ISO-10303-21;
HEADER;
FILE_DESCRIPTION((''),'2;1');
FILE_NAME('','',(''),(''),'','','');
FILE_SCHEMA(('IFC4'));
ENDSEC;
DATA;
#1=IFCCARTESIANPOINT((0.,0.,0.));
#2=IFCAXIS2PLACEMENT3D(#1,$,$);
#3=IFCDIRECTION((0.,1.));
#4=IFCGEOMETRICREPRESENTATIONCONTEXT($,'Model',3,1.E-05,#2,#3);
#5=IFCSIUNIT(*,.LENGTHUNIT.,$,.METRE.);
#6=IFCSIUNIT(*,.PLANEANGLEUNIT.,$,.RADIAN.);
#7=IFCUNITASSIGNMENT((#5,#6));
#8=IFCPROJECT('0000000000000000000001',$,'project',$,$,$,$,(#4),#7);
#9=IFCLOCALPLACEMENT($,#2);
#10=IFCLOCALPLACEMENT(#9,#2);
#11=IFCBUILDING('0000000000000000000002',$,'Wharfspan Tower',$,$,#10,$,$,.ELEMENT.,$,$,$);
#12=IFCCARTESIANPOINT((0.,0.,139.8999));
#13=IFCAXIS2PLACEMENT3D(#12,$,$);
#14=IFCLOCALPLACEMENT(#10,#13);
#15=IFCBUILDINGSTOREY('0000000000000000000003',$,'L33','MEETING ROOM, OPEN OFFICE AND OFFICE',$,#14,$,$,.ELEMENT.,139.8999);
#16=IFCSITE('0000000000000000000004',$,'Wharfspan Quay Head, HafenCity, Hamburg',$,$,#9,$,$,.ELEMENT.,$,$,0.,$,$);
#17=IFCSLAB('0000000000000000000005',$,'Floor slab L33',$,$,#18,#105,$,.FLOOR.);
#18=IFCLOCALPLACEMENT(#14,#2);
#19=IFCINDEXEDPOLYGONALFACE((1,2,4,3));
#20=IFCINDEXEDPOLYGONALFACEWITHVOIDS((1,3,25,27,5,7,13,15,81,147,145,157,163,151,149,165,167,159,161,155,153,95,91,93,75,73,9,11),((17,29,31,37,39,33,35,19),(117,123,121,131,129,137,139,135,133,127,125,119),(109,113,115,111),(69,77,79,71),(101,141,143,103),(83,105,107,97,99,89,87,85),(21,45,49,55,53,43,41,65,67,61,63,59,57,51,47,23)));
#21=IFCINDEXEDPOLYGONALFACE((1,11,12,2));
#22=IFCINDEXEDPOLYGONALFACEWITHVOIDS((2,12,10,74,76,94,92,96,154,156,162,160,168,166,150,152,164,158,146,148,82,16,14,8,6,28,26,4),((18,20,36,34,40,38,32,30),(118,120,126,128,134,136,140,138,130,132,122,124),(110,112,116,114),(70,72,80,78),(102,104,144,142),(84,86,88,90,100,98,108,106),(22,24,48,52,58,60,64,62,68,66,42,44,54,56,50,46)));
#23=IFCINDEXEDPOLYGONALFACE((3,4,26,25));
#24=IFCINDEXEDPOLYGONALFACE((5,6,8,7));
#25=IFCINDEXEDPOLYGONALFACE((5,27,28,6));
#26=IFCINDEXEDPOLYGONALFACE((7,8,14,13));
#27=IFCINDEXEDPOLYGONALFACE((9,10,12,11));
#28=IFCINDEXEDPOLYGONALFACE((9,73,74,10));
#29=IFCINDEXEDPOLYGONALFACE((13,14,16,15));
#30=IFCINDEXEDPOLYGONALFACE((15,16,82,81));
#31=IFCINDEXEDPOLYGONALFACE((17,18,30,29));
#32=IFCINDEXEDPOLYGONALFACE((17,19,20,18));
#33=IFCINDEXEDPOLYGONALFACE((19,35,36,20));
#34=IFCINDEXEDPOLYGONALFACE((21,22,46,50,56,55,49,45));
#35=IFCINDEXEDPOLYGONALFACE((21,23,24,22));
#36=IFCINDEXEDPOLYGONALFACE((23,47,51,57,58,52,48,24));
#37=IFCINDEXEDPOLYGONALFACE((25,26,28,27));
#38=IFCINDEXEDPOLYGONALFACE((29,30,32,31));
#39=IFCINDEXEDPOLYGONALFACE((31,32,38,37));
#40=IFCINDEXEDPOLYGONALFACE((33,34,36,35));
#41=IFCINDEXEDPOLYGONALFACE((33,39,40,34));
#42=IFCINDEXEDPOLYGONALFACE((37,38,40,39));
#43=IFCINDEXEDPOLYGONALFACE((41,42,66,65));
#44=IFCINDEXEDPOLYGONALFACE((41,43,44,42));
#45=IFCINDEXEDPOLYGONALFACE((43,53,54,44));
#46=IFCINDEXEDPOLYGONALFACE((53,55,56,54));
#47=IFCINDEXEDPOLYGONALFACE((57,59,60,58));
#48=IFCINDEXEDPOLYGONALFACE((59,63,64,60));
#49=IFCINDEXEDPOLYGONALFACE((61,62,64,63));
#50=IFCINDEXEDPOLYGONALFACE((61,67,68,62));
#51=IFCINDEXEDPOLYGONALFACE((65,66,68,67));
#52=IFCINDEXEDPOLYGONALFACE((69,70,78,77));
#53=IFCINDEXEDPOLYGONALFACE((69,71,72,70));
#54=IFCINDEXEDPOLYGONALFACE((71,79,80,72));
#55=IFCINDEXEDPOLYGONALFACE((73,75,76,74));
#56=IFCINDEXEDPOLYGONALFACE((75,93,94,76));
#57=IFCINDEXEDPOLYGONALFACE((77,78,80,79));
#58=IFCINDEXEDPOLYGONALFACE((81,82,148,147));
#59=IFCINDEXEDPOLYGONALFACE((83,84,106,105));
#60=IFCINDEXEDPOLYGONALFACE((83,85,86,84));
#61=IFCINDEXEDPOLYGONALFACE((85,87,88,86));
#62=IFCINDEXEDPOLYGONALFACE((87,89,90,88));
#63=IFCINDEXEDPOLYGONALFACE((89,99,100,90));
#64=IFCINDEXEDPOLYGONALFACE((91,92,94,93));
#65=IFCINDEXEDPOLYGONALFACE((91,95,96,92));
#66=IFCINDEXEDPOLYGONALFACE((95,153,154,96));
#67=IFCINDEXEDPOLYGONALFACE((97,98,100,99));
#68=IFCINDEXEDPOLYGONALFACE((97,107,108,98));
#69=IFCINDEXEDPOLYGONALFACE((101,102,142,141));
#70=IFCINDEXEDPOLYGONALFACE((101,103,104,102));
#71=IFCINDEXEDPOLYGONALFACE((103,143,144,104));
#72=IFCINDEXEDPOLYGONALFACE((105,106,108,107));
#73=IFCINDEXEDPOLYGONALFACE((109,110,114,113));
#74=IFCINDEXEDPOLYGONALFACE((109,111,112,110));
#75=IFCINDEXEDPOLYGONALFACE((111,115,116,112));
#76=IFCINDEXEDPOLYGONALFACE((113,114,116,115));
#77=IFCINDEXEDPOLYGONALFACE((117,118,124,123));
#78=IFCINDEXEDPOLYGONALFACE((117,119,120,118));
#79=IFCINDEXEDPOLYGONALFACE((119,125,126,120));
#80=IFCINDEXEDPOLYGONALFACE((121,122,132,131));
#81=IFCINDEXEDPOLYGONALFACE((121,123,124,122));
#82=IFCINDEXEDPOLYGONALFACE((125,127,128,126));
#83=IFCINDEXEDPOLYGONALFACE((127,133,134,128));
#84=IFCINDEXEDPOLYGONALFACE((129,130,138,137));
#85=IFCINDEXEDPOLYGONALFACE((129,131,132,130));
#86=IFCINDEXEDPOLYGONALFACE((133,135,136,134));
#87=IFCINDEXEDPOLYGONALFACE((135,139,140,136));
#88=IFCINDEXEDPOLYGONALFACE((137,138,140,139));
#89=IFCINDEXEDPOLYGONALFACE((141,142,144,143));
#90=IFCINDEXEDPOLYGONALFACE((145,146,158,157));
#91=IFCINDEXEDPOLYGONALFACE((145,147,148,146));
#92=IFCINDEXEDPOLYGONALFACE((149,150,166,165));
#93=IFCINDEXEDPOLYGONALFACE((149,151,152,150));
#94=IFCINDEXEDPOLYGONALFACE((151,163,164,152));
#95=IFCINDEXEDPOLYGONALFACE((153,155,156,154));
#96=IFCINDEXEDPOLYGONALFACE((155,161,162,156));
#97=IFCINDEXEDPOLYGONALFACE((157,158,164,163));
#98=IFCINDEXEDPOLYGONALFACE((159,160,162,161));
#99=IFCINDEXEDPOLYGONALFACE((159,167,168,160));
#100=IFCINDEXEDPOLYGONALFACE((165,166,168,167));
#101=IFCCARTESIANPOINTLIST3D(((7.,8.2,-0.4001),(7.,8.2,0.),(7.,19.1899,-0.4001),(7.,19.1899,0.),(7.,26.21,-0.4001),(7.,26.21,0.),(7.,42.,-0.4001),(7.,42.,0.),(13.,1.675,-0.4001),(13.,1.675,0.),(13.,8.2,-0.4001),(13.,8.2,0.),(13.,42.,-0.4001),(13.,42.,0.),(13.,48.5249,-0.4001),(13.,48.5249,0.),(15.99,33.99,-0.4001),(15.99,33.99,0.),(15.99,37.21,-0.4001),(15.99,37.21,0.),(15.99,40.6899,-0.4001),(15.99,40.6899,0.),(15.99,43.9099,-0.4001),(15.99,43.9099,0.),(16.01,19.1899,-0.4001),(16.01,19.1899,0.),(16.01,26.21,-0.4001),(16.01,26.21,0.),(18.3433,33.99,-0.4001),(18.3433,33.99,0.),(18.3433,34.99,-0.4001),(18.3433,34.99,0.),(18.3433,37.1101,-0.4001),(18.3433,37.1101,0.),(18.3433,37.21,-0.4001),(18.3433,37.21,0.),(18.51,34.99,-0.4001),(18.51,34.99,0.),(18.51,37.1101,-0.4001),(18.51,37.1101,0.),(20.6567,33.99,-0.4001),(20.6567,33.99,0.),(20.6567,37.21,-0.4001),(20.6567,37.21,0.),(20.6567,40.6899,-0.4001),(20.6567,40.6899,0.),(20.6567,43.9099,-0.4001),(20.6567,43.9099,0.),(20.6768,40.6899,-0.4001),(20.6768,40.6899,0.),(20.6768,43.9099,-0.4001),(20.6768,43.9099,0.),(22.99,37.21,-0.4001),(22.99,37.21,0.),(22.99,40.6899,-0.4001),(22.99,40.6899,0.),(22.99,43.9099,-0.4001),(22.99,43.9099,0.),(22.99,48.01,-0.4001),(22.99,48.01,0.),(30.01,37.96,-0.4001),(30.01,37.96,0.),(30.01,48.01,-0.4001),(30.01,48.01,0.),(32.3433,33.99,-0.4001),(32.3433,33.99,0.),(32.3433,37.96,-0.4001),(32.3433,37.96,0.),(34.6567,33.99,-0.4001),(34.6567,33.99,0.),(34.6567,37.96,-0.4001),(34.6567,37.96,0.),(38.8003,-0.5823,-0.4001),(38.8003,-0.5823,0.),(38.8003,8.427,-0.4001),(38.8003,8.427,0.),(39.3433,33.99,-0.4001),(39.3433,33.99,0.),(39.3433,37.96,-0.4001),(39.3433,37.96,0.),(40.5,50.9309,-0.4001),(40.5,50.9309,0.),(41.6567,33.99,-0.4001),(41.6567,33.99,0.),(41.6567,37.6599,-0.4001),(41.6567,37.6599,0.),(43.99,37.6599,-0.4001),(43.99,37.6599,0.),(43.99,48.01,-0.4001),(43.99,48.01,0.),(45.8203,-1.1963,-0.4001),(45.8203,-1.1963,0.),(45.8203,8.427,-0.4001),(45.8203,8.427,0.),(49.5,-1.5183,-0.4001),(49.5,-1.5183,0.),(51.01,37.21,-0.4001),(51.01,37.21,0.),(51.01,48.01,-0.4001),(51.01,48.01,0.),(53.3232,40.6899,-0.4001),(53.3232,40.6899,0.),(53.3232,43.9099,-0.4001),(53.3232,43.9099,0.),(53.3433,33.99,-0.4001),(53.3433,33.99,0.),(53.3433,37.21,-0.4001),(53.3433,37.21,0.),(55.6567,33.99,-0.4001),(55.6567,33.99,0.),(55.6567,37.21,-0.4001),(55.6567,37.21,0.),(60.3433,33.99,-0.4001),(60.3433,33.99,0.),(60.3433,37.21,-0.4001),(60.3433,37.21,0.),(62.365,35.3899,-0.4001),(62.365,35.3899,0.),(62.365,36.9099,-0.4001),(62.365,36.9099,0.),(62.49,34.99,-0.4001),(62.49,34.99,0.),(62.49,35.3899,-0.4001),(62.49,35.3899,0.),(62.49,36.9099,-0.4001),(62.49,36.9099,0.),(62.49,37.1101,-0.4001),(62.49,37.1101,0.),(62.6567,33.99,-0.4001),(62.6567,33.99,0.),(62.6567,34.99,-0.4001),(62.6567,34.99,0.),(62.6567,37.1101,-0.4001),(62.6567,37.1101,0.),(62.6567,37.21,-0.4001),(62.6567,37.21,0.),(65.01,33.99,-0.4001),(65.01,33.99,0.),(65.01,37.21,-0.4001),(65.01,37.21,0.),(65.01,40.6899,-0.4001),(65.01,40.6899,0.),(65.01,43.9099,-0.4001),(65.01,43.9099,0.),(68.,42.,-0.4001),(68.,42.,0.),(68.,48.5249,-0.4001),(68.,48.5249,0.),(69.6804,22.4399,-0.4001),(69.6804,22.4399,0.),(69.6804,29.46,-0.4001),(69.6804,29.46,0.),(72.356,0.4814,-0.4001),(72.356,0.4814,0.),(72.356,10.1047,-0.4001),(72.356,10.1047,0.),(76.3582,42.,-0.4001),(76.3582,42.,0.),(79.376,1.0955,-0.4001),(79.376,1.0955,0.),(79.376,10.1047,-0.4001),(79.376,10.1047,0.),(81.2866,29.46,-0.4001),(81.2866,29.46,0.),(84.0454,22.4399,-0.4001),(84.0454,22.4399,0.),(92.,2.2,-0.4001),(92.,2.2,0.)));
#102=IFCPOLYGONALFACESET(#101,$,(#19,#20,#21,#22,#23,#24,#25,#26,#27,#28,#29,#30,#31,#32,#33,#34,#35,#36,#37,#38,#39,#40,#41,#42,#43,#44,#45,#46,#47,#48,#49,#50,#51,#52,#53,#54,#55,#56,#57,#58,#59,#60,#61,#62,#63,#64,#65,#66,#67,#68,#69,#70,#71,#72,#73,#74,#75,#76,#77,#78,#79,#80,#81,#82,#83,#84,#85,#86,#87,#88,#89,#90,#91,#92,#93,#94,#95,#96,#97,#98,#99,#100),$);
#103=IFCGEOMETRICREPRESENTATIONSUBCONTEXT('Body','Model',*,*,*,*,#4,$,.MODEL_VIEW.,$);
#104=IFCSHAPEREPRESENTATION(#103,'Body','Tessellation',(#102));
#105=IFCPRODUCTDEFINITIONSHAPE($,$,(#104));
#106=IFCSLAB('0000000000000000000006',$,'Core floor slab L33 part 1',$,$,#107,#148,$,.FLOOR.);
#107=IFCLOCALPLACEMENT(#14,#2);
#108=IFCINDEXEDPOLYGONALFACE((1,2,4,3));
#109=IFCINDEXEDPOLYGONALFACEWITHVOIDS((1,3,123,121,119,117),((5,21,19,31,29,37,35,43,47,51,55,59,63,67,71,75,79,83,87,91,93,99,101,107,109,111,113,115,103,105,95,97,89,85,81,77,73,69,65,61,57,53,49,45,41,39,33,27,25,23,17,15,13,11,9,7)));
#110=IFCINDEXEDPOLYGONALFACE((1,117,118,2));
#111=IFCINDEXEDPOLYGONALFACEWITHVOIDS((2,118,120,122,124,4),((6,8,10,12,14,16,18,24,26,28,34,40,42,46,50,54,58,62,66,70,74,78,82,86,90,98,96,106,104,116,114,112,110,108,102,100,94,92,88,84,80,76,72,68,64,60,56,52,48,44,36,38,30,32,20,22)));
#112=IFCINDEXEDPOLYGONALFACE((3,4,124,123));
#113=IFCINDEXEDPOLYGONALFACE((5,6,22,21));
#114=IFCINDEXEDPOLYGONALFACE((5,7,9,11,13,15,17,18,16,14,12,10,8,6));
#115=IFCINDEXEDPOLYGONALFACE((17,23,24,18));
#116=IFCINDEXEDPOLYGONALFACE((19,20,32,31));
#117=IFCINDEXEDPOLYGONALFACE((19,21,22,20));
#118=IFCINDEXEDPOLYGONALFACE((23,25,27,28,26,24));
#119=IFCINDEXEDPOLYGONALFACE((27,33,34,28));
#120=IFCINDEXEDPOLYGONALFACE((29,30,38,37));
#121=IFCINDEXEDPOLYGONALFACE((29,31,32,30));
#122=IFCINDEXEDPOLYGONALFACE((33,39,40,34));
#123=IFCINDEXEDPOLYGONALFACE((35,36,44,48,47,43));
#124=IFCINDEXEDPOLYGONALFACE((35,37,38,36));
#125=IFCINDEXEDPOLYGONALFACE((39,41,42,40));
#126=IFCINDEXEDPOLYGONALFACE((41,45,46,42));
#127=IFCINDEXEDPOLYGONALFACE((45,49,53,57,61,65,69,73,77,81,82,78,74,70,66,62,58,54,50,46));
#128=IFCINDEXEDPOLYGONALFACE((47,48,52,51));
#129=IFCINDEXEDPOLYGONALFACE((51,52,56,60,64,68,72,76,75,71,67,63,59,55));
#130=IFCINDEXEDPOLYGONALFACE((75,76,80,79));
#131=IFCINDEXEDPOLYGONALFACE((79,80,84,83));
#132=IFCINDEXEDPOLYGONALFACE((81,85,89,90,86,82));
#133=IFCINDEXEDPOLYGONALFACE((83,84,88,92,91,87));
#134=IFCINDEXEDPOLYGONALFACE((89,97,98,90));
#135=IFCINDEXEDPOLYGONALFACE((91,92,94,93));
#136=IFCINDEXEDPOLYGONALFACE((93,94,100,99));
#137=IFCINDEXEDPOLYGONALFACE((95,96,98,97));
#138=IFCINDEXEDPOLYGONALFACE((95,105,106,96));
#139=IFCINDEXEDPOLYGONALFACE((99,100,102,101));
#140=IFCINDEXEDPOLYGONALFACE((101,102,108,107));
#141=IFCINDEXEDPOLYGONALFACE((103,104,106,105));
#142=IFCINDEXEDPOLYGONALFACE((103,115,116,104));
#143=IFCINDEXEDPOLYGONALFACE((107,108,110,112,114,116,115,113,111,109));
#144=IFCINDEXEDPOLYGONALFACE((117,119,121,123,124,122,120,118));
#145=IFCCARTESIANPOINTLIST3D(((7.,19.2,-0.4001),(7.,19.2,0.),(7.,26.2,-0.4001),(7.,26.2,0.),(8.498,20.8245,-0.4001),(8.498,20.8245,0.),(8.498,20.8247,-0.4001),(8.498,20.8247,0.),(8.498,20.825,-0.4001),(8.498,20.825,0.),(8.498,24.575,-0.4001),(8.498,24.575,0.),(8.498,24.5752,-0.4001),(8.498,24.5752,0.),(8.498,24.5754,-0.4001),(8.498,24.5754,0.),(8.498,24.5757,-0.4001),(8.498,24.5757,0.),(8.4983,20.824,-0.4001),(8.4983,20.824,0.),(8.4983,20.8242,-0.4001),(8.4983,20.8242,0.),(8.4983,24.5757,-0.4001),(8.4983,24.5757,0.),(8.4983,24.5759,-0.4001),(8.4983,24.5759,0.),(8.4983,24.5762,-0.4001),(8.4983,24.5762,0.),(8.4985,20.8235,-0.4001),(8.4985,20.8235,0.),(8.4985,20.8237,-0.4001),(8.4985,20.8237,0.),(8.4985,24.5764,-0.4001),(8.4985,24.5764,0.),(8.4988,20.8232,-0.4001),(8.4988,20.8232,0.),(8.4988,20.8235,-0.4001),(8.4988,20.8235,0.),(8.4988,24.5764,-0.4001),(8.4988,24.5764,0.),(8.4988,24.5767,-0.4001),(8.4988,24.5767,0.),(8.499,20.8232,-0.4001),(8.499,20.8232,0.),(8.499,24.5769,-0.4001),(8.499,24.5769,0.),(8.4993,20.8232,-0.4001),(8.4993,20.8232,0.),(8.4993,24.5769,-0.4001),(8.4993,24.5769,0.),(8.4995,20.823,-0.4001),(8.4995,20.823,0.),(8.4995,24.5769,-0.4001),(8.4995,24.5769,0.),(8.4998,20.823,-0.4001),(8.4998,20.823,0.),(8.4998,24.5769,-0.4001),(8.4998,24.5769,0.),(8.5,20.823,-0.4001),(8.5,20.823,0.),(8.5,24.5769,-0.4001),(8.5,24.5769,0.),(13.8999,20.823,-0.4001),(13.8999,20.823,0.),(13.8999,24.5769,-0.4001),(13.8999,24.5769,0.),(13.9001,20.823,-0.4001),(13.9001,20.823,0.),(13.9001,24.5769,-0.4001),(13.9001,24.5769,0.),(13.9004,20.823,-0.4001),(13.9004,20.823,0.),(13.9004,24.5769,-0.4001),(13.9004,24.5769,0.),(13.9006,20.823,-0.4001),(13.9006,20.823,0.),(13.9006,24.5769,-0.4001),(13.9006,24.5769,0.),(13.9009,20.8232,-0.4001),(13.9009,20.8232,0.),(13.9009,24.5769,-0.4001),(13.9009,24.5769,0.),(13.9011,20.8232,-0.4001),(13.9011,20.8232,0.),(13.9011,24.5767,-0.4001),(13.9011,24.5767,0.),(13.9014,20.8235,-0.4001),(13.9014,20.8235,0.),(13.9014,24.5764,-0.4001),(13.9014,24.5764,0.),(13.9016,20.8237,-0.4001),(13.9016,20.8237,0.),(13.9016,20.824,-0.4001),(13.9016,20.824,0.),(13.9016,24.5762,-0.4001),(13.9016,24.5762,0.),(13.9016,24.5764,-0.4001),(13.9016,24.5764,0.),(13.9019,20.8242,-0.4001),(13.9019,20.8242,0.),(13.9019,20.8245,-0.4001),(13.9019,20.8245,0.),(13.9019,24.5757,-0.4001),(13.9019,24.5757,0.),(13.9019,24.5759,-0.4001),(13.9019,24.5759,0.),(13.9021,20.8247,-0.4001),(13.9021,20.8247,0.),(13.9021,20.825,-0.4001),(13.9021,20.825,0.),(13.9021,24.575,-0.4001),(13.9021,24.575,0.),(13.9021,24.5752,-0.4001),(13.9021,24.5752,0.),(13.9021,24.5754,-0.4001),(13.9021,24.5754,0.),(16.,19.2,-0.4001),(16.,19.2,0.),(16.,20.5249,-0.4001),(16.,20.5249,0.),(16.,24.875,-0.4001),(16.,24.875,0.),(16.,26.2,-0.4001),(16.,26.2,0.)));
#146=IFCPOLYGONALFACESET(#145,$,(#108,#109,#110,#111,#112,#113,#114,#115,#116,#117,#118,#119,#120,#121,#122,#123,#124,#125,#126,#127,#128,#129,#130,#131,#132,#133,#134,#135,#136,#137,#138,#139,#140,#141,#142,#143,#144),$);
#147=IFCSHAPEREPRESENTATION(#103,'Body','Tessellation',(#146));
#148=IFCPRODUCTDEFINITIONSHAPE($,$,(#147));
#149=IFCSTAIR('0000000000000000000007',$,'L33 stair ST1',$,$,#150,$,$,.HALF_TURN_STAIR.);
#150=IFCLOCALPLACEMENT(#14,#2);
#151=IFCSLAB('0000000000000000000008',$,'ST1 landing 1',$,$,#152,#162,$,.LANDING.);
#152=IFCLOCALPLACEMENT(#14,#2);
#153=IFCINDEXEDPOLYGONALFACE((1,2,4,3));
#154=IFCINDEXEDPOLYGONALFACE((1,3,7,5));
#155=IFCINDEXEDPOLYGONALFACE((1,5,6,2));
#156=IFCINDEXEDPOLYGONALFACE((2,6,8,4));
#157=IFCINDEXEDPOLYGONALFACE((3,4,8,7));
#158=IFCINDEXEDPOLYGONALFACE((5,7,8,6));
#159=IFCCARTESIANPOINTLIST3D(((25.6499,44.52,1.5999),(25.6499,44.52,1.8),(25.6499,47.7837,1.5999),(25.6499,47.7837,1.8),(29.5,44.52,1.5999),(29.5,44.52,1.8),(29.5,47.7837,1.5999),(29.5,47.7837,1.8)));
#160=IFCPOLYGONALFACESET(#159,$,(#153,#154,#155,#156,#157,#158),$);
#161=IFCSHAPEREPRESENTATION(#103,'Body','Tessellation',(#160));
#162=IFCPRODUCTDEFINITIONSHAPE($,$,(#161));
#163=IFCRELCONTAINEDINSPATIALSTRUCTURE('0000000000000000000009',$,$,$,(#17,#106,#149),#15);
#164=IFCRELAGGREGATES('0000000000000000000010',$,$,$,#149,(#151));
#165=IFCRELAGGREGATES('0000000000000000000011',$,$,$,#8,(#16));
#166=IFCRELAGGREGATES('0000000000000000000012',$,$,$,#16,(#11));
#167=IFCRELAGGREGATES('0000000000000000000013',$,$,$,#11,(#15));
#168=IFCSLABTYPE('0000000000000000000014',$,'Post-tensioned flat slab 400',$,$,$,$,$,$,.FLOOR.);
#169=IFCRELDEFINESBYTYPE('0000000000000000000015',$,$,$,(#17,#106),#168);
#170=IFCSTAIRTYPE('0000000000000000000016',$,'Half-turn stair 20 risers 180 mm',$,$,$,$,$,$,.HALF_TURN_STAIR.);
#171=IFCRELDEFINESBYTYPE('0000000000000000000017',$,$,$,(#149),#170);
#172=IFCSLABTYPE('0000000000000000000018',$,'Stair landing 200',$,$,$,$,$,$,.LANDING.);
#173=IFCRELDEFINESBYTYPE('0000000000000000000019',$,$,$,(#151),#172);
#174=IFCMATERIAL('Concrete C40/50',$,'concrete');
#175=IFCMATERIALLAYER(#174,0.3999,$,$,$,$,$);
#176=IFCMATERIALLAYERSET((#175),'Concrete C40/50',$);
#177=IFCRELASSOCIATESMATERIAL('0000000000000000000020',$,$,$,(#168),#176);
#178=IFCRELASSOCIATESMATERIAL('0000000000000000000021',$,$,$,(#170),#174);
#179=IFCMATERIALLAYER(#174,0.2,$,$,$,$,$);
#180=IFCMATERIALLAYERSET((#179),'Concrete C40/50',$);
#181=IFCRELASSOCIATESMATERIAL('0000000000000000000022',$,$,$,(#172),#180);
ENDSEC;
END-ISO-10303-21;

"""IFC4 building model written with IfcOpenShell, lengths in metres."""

from ifc_helpers import new_model, si_unit, direction, frame, origin, place, context, subcontext, project, spatial, polyline, outline, extrude, material, layer, layer_set, type_object, element, aggregate, save


model = new_model("IFC4")

# Units and contexts
model_context = context("Model", 3, precision=1e-05, world=origin(), true_north=direction((0.0, 1.0)))
body_context = subcontext(model_context, "Body", "Model", "MODEL_VIEW")
ifc_project = project(units=[si_unit("LENGTHUNIT", "METRE"), si_unit("PLANEANGLEUNIT", "RADIAN")], contexts=[model_context])

# Site, building, storey
site_placement = place(None, origin())
site = spatial("IfcSite", under=ifc_project, at=site_placement, Name="Wharfspan Quay Head, HafenCity, Hamburg", CompositionType="ELEMENT", RefElevation=0.0)
building_placement = place(site_placement, origin())
building = spatial("IfcBuilding", under=site, at=building_placement, Name="Wharfspan Tower", CompositionType="ELEMENT")
storey_placement = place(building_placement, frame((0.0, 0.0, 139.8999)))
storey = spatial("IfcBuildingStorey", under=building, at=storey_placement, Name="L33", Description="MEETING ROOM, OPEN OFFICE AND OFFICE", CompositionType="ELEMENT", Elevation=139.8999)

# Slabs
ifc_material_1 = material(Name="Concrete C40/50", Category="concrete")
ifc_layer_1 = layer(ifc_material_1, 0.3999)
ifc_layer_set_1 = layer_set([ifc_layer_1], Name="Concrete C40/50")
slab_type_1 = type_object("IfcSlabType", Name="Post-tensioned flat slab 400", PredefinedType="FLOOR", material=ifc_layer_set_1)
slab_1_placement = place(storey_placement, frame((0.0, 0.0, -0.4001)))
element("IfcSlab", 1, at=slab_1_placement, inside=storey, type_object=slab_type_1, Name="Floor slab L33", PredefinedType="FLOOR", context=body_context, shape_type="SweptSolid", body=[
    extrude(outline(polyline([(38.8003, -0.5823), (38.8003, 8.427), (45.8203, 8.427), (45.8203, -1.1963), (49.5, -1.5183), (72.356, 0.4814), (72.356, 10.1047), (79.376, 10.1047), (79.376, 1.0955), (92.0, 2.2), (84.0454, 22.4399), (69.6804, 22.4399), (69.6804, 29.46), (81.2866, 29.46), (76.3582, 42.0), (68.0, 42.0), (68.0, 48.5249), (40.5, 50.9309), (13.0, 48.5249), (13.0, 42.0), (7.0, 42.0), (7.0, 26.21), (16.01, 26.21), (16.01, 19.1899), (7.0, 19.1899), (7.0, 8.2), (13.0, 8.2), (13.0, 1.675), (38.8003, -0.5823)]), holes=[polyline([(62.49, 35.3899), (62.365, 35.3899), (62.365, 36.9099), (62.49, 36.9099), (62.49, 37.1101), (62.6567, 37.1101), (62.6567, 37.21), (65.01, 37.21), (65.01, 33.99), (62.6567, 33.99), (62.6567, 34.99), (62.49, 34.99), (62.49, 35.3899)]), polyline([(65.01, 43.9099), (65.01, 40.6899), (53.3232, 40.6899), (53.3232, 43.9099), (65.01, 43.9099)]), polyline([(55.6567, 33.99), (55.6567, 37.21), (60.3433, 37.21), (60.3433, 33.99), (55.6567, 33.99)]), polyline([(43.99, 37.6599), (43.99, 48.01), (51.01, 48.01), (51.01, 37.21), (53.3433, 37.21), (53.3433, 33.99), (41.6567, 33.99), (41.6567, 37.6599), (43.99, 37.6599)]), polyline([(34.6567, 33.99), (34.6567, 37.96), (39.3433, 37.96), (39.3433, 33.99), (34.6567, 33.99)]), polyline([(20.6567, 37.21), (22.99, 37.21), (22.99, 40.6899), (20.6768, 40.6899), (20.6567, 40.6899), (15.99, 40.6899), (15.99, 43.9099), (20.6567, 43.9099), (20.6768, 43.9099), (22.99, 43.9099), (22.99, 48.01), (30.01, 48.01), (30.01, 37.96), (32.3433, 37.96), (32.3433, 33.99), (20.6567, 33.99), (20.6567, 37.21)]), polyline([(18.51, 34.99), (18.3433, 34.99), (18.3433, 33.99), (15.99, 33.99), (15.99, 37.21), (18.3433, 37.21), (18.3433, 37.1101), (18.51, 37.1101), (18.51, 34.99)])]), origin(), (0.0, 0.0, 1.0), 0.4001),
])
slab_2_placement = place(storey_placement, frame((0.0, 0.0, -0.4001)))
element("IfcSlab", 2, at=slab_2_placement, inside=storey, type_object=slab_type_1, Name="Core floor slab L33 part 1", PredefinedType="FLOOR", context=body_context, shape_type="SweptSolid", body=[
    extrude(outline(polyline([(16.0, 20.5249), (16.0, 24.875), (16.0, 26.2), (7.0, 26.2), (7.0, 19.2), (16.0, 19.2), (16.0, 20.5249)]), holes=[polyline([(13.9021, 20.825), (13.9021, 20.8247), (13.9021, 20.8247), (13.9019, 20.8245), (13.9019, 20.8242), (13.9019, 20.8242), (13.9016, 20.824), (13.9016, 20.8237), (13.9014, 20.8235), (13.9014, 20.8235), (13.9011, 20.8232), (13.9009, 20.8232), (13.9009, 20.8232), (13.9006, 20.823), (13.9004, 20.823), (13.9001, 20.823), (13.8999, 20.823), (8.5, 20.823), (8.4998, 20.823), (8.4995, 20.823), (8.4995, 20.823), (8.4993, 20.8232), (8.499, 20.8232), (8.4988, 20.8232), (8.4988, 20.8235), (8.4985, 20.8235), (8.4985, 20.8237), (8.4983, 20.824), (8.4983, 20.8242), (8.4983, 20.8242), (8.498, 20.8245), (8.498, 20.8247), (8.498, 20.8247), (8.498, 20.825), (8.498, 24.575), (8.498, 24.5752), (8.498, 24.5754), (8.498, 24.5757), (8.4983, 24.5757), (8.4983, 24.5759), (8.4983, 24.5762), (8.4985, 24.5764), (8.4985, 24.5764), (8.4988, 24.5764), (8.4988, 24.5767), (8.499, 24.5769), (8.4993, 24.5769), (8.4995, 24.5769), (8.4995, 24.5769), (8.4998, 24.5769), (8.5, 24.5769), (13.8999, 24.5769), (13.9001, 24.5769), (13.9004, 24.5769), (13.9006, 24.5769), (13.9009, 24.5769), (13.9009, 24.5769), (13.9011, 24.5767), (13.9014, 24.5764), (13.9014, 24.5764), (13.9016, 24.5764), (13.9016, 24.5762), (13.9019, 24.5759), (13.9019, 24.5757), (13.9019, 24.5757), (13.9021, 24.5754), (13.9021, 24.5752), (13.9021, 24.575), (13.9021, 20.825)])]), origin(), (0.0, 0.0, 1.0), 0.4001),
])

# Stair, slab
stair_type = type_object("IfcStairType", Name="Half-turn stair 20 risers 180 mm", PredefinedType="HALF_TURN_STAIR", material=ifc_material_1)
stair_1_placement = place(storey_placement, origin())
stair_1 = element("IfcStair", 3, at=stair_1_placement, inside=storey, type_object=stair_type, Name="L33 stair ST1", PredefinedType="HALF_TURN_STAIR")
ifc_layer_2 = layer(ifc_material_1, 0.2)
ifc_layer_set_2 = layer_set([ifc_layer_2], Name="Concrete C40/50")
slab_type_2 = type_object("IfcSlabType", Name="Stair landing 200", PredefinedType="LANDING", material=ifc_layer_set_2)
slab_3_placement = place(storey_placement, frame((0.0, 0.0, 1.5999)))
slab_3 = element("IfcSlab", 4, at=slab_3_placement, type_object=slab_type_2, Name="ST1 landing 1", PredefinedType="LANDING", context=body_context, shape_type="SweptSolid", body=[
    extrude(outline(polyline([(25.6499, 44.52), (29.5, 44.52), (29.5, 47.7837), (25.6499, 47.7837), (25.6499, 44.52)])), origin(), (0.0, 0.0, 1.0), 0.2002),
])
aggregate(stair_1, [slab_3])

save(model, "model.ifc")
